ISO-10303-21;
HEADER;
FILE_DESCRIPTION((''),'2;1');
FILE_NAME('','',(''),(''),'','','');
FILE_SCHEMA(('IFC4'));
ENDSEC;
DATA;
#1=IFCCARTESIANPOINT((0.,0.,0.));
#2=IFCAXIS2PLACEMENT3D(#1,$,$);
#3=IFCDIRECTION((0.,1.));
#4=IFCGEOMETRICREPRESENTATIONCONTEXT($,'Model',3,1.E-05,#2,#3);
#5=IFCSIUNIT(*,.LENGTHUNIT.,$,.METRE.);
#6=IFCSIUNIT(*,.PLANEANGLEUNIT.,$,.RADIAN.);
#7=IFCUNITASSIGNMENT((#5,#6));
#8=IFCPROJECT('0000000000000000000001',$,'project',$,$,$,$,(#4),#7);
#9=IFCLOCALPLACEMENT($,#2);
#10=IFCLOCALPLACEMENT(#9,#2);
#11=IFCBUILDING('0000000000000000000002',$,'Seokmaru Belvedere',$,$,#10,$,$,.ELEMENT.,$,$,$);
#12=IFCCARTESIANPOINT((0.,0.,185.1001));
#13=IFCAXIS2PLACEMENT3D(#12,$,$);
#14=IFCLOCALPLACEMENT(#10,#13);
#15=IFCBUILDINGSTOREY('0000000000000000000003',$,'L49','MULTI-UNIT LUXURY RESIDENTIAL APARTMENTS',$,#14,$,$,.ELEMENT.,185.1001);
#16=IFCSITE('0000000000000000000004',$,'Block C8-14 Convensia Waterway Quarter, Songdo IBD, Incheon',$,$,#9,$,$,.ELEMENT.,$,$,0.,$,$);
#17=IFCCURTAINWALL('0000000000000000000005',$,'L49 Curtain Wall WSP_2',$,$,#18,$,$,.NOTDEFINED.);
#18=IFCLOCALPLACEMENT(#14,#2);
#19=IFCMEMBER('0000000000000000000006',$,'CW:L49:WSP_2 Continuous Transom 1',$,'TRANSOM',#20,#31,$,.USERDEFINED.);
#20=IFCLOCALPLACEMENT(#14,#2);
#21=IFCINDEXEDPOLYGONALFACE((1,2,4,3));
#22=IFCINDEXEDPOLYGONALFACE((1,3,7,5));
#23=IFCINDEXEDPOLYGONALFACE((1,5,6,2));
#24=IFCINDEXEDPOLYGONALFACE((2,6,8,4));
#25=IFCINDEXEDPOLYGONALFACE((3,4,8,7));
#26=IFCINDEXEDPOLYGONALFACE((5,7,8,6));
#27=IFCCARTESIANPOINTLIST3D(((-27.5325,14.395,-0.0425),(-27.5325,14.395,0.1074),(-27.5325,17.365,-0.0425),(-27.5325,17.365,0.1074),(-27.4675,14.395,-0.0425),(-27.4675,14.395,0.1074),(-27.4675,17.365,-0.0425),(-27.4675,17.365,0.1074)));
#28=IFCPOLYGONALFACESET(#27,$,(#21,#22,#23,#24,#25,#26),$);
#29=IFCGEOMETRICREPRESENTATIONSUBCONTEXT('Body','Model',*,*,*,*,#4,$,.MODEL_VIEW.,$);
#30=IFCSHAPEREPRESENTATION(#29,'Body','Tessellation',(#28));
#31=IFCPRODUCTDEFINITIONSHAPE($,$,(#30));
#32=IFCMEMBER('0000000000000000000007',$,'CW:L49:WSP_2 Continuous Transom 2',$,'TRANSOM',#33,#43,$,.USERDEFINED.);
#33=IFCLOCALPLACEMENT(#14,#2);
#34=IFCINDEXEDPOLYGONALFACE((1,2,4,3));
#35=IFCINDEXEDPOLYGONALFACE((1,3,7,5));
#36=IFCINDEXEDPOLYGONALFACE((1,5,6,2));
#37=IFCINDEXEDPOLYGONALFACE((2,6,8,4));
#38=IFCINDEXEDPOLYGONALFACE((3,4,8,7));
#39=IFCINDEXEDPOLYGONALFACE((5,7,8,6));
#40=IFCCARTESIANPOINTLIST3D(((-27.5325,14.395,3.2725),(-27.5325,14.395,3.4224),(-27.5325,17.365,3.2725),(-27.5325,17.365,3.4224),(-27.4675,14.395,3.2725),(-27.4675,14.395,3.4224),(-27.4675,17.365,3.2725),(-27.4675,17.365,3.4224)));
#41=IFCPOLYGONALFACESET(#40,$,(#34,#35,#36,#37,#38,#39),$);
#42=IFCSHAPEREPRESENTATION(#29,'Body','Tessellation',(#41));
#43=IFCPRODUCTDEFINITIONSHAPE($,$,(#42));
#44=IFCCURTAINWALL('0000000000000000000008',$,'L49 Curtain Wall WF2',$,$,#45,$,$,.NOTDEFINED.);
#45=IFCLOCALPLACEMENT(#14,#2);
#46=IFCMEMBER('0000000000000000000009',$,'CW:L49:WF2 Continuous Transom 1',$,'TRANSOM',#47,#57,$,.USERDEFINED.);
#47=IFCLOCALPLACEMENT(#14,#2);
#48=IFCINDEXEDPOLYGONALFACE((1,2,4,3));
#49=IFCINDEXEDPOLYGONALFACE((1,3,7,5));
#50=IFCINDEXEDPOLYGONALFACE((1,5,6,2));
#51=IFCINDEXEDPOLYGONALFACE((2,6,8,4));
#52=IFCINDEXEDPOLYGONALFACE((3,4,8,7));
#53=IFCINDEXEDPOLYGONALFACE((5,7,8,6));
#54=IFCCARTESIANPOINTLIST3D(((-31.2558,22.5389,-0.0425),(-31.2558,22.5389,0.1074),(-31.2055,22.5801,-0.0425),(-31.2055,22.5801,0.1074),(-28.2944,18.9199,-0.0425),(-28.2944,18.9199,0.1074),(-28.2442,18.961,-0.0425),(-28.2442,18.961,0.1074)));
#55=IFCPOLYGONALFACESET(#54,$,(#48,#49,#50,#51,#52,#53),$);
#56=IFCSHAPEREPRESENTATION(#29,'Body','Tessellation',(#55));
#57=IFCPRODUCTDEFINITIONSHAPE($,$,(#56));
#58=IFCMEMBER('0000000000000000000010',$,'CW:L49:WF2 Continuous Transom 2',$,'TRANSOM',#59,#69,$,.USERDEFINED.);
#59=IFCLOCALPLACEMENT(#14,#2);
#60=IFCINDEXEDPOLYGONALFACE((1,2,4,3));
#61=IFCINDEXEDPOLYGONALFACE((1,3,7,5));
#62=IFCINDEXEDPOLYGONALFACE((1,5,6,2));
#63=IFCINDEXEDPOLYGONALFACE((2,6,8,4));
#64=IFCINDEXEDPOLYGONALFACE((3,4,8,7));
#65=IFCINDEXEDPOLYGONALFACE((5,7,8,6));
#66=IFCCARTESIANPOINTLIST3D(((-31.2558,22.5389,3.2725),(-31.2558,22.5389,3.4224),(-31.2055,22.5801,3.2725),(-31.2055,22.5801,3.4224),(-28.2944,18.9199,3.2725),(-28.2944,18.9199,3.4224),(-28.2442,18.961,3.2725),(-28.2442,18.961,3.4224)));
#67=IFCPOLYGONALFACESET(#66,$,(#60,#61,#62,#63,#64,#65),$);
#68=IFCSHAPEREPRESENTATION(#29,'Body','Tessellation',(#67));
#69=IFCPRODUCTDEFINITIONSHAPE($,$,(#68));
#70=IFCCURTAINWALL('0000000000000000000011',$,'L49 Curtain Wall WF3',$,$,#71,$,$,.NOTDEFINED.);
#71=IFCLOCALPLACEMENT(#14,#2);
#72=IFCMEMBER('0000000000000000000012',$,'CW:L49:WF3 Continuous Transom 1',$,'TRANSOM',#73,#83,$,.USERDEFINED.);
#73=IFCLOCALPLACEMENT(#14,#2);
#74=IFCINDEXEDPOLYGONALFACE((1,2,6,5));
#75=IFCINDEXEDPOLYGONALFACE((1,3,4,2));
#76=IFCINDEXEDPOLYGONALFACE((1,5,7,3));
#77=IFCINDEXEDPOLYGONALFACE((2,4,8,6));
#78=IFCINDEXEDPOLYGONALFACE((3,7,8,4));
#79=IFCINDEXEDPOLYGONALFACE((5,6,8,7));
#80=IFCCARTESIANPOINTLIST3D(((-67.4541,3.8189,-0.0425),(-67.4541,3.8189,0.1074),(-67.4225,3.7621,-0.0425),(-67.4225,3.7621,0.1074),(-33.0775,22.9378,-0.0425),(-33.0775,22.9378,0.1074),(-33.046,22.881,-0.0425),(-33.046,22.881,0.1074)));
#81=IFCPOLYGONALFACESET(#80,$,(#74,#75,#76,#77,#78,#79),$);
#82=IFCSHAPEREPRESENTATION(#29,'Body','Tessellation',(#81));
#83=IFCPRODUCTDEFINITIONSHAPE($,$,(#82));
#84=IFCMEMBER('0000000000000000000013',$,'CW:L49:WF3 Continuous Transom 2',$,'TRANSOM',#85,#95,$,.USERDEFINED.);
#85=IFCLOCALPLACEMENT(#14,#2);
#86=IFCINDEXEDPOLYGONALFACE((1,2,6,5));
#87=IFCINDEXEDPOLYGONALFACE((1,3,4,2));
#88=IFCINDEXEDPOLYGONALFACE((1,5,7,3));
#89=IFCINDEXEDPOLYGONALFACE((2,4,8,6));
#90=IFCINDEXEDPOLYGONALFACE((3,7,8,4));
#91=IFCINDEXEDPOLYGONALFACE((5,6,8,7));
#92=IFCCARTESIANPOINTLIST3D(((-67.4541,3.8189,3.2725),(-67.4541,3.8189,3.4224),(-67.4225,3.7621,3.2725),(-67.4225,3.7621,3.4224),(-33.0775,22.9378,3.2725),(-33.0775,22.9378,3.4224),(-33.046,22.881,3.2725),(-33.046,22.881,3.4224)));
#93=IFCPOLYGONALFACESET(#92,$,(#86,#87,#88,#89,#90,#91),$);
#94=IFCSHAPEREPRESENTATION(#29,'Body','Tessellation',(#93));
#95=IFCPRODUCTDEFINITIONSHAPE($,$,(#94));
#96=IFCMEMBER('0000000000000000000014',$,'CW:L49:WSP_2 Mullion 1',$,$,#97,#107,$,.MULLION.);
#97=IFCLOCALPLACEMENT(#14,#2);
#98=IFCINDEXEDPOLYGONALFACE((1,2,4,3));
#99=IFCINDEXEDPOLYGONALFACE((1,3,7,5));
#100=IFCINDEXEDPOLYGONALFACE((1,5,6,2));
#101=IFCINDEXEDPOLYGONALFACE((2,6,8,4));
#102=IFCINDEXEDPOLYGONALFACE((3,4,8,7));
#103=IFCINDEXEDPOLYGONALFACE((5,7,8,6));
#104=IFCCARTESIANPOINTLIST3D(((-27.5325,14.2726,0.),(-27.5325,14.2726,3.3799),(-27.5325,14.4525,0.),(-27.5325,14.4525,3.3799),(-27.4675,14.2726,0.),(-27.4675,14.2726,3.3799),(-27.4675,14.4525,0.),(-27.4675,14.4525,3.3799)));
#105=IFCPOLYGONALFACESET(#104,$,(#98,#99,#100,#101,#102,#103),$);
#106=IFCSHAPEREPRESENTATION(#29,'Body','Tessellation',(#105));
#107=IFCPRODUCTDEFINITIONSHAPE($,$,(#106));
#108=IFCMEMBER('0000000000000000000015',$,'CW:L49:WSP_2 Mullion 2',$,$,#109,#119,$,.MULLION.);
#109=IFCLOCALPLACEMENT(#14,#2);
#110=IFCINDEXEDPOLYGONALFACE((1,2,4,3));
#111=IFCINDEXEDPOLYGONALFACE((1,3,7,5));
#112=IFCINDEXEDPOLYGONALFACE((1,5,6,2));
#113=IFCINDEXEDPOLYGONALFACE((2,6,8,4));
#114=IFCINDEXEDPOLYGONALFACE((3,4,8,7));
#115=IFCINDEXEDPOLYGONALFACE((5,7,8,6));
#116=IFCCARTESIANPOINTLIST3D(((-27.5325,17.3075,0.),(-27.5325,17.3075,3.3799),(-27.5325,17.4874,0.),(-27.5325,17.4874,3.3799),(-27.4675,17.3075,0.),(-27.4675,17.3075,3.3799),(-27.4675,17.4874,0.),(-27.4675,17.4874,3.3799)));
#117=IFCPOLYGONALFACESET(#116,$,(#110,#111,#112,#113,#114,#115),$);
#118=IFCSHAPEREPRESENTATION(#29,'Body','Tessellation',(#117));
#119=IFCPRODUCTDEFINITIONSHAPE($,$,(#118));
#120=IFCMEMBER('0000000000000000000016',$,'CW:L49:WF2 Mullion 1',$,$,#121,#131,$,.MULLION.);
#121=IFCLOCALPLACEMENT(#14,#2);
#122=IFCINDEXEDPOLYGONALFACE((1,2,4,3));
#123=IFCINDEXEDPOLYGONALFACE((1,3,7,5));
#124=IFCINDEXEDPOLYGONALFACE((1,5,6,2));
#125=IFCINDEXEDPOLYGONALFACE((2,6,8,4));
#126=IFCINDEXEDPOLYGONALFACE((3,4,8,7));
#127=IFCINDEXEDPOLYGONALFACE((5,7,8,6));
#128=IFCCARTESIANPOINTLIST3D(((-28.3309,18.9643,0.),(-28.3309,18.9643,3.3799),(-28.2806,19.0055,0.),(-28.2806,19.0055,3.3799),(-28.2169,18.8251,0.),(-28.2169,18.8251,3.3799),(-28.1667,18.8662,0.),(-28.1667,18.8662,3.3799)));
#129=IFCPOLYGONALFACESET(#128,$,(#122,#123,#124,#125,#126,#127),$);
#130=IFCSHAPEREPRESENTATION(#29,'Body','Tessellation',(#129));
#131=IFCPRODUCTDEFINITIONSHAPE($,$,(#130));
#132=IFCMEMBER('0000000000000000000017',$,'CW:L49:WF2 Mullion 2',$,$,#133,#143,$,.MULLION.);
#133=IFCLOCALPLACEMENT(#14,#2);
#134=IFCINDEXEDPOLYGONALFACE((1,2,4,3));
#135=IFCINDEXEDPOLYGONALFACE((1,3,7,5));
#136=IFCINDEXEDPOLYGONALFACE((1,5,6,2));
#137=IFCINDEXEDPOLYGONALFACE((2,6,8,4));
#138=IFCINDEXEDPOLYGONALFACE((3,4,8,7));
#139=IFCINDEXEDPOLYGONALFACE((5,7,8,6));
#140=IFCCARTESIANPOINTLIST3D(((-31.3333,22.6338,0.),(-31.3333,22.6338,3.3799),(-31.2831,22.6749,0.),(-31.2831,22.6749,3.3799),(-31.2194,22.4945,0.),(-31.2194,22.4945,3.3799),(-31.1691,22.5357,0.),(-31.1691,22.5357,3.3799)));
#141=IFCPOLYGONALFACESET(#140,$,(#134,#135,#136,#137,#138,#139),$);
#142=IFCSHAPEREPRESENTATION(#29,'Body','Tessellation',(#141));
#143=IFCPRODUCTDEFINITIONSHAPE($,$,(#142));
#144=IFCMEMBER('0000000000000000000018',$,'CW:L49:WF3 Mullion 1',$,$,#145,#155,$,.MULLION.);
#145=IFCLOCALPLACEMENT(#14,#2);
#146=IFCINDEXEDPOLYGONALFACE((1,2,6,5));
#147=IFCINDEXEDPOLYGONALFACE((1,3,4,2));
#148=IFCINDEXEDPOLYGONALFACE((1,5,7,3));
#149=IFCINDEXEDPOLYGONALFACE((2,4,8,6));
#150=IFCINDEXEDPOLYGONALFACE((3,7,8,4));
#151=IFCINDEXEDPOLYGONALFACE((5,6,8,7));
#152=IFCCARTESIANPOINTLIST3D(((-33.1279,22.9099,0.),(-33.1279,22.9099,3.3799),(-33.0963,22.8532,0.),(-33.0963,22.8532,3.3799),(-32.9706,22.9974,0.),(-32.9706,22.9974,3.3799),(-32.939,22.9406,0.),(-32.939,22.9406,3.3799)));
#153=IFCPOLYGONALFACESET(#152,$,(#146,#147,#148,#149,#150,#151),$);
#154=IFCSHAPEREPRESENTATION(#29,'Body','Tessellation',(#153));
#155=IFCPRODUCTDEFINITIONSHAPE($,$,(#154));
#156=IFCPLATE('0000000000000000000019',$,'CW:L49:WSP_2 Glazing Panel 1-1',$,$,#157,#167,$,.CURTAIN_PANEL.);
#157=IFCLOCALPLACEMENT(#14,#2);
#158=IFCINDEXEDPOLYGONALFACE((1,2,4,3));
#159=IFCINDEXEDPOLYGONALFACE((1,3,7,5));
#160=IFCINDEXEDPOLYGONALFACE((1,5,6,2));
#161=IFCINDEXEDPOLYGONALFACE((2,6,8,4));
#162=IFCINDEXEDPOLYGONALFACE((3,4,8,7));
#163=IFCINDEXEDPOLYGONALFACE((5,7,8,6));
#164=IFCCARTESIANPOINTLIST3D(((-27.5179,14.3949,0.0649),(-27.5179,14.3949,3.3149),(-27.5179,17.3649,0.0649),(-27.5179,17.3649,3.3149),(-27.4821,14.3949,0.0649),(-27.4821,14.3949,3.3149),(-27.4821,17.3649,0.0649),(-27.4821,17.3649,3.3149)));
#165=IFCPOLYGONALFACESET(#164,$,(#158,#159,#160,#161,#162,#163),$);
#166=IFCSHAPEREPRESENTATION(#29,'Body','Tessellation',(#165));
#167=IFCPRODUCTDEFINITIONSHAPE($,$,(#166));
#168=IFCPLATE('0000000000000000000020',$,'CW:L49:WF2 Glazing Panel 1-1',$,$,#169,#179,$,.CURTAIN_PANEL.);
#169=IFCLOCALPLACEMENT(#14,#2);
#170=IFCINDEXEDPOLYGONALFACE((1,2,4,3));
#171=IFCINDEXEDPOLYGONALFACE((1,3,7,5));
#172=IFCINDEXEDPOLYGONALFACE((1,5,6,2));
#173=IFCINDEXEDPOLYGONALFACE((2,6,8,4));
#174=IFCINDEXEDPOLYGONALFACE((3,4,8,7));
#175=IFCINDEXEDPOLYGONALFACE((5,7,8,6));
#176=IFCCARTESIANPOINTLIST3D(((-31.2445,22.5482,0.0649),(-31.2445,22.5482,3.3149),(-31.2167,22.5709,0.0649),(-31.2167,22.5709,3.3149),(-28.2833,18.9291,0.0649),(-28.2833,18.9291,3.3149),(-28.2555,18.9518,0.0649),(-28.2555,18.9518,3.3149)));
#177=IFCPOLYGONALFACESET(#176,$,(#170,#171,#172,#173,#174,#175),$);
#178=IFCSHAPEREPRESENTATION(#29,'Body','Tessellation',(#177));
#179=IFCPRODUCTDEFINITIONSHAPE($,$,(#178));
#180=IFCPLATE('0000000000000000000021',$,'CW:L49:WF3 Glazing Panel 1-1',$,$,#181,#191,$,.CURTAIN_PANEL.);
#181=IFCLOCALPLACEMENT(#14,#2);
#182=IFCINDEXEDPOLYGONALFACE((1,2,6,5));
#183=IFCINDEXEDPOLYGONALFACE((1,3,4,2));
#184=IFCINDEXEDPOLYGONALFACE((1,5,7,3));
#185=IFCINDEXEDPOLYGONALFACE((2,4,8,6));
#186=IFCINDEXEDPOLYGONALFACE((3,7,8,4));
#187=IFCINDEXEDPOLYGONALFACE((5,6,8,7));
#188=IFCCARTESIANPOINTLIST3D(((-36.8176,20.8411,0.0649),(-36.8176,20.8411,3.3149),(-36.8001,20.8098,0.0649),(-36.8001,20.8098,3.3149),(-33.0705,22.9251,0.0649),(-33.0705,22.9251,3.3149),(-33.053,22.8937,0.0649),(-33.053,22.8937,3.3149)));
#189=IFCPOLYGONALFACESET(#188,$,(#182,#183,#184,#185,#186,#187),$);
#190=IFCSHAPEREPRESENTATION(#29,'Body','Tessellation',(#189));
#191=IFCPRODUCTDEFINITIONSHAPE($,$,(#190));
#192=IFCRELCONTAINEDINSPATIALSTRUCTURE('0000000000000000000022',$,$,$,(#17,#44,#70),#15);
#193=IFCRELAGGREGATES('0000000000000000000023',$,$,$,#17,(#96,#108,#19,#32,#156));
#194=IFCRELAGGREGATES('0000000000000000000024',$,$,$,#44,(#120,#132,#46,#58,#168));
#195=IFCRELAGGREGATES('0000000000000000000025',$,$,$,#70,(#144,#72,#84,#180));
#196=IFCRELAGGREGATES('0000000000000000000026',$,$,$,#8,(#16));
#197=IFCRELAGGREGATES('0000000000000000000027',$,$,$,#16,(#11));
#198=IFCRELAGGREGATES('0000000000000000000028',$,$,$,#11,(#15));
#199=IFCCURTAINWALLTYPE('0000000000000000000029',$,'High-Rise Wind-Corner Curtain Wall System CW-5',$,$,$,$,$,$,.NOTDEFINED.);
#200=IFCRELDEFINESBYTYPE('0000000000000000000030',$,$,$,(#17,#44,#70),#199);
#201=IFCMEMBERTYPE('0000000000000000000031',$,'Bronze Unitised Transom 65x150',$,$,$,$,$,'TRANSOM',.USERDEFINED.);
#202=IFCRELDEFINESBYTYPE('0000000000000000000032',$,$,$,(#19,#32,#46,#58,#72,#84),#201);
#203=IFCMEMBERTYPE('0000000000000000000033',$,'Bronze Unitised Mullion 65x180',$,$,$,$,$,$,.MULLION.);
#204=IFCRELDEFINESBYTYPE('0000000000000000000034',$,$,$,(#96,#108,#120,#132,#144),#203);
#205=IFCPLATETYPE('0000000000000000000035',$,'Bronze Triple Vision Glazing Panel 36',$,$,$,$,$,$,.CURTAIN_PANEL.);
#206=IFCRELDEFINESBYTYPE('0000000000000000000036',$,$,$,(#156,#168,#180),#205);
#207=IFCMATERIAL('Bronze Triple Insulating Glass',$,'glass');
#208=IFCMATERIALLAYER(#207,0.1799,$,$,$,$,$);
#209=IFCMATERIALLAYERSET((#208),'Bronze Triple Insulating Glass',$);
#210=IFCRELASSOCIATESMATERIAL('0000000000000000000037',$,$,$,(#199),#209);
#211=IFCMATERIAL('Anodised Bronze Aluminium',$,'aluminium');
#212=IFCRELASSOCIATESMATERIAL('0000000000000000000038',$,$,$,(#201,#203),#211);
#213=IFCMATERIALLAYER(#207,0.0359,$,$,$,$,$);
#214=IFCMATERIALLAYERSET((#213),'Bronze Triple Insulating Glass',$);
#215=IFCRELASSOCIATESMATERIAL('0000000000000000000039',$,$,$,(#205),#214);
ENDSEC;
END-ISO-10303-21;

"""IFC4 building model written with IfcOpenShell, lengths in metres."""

from ifc_helpers import new_model, si_unit, direction, frame, origin, origin_2d, place, context, subcontext, project, spatial, rectangle, extrude, source, transform, mapped, material, layer, layer_set, material_profile, profile_set, type_object, type_shapes, element, aggregate, save


model = new_model("IFC4")

# Units and contexts
model_context = context("Model", 3, precision=1e-05, world=origin(), true_north=direction((0.0, 1.0)))
body_context = subcontext(model_context, "Body", "Model", "MODEL_VIEW")
ifc_project = project(units=[si_unit("LENGTHUNIT", "METRE"), si_unit("PLANEANGLEUNIT", "RADIAN")], contexts=[model_context])

# Site, building, storey
site_placement = place(None, origin())
site = spatial("IfcSite", under=ifc_project, at=site_placement, Name="Block C8-14 Convensia Waterway Quarter, Songdo IBD, Incheon", CompositionType="ELEMENT", RefElevation=0.0)
building_placement = place(site_placement, origin())
building = spatial("IfcBuilding", under=site, at=building_placement, Name="Seokmaru Belvedere", CompositionType="ELEMENT")
storey_placement = place(building_placement, frame((0.0, 0.0, 185.1001)))
storey = spatial("IfcBuildingStorey", under=building, at=storey_placement, Name="L49", Description="MULTI-UNIT LUXURY RESIDENTIAL APARTMENTS", CompositionType="ELEMENT", Elevation=185.1001)

# Curtain walls, members
ifc_material_1 = material(Name="Bronze Triple Insulating Glass", Category="glass")
ifc_layer_1 = layer(ifc_material_1, 0.1799)
ifc_layer_set_1 = layer_set([ifc_layer_1], Name="Bronze Triple Insulating Glass")
curtain_wall_type = type_object("IfcCurtainWallType", Name="High-Rise Wind-Corner Curtain Wall System CW-5", PredefinedType="NOTDEFINED", material=ifc_layer_set_1)
curtain_wall_1_placement = place(storey_placement, origin())
curtain_wall_1 = element("IfcCurtainWall", 1, at=curtain_wall_1_placement, inside=storey, type_object=curtain_wall_type, Name="L49 Curtain Wall WSP_2", PredefinedType="NOTDEFINED")
ifc_material_2 = material(Name="Anodised Bronze Aluminium", Category="aluminium")
ifc_material_profile_1 = material_profile(ifc_material_2, rectangle(XDim=0.0649, YDim=0.1499, at=origin_2d()), Name="CW-T-65x150")
ifc_profile_set_1 = profile_set([ifc_material_profile_1], Name="Anodised Bronze Aluminium")
member_type_1 = type_object("IfcMemberType", Name="Bronze Unitised Transom 65x150", ElementType="TRANSOM", PredefinedType="USERDEFINED", material=ifc_profile_set_1)
shared_shape_1 = source(origin(), body_context, "Body", "SweptSolid", [
    extrude(rectangle(XDim=0.0649, YDim=0.1499, at=origin_2d()), origin(), (0.0, 0.0, 1.0), 2.97),
])
member_1_placement = place(storey_placement, frame((-27.5, 14.395, 0.0325), z_axis=(0.0, 1.0, 0.0), x_axis=(-1.0, 0.0, 0.0)))
member_1 = element("IfcMember", 2, at=member_1_placement, type_object=member_type_1, Name="CW:L49:WSP_2 Continuous Transom 1", ObjectType="TRANSOM", PredefinedType="USERDEFINED", context=body_context, shape_type="MappedRepresentation", body=[
    mapped(shared_shape_1, transform((0.0, 0.0, 0.0), scale=1.0)),
])
member_2_placement = place(storey_placement, frame((-27.5, 14.395, 3.3474), z_axis=(0.0, 1.0, 0.0), x_axis=(-1.0, 0.0, 0.0)))
member_2 = element("IfcMember", 3, at=member_2_placement, type_object=member_type_1, Name="CW:L49:WSP_2 Continuous Transom 2", ObjectType="TRANSOM", PredefinedType="USERDEFINED", context=body_context, shape_type="MappedRepresentation", body=[
    mapped(shared_shape_1, transform((0.0, 0.0, 0.0), scale=1.0)),
])
curtain_wall_2_placement = place(storey_placement, origin())
curtain_wall_2 = element("IfcCurtainWall", 4, at=curtain_wall_2_placement, inside=storey, type_object=curtain_wall_type, Name="L49 Curtain Wall WF2", PredefinedType="NOTDEFINED")
shared_shape_2 = source(origin(), body_context, "Body", "SweptSolid", [
    extrude(rectangle(XDim=0.0649, YDim=0.1499, at=origin_2d()), origin(), (0.0, 0.0, 1.0), 4.6763),
])
member_3_placement = place(storey_placement, frame((-28.2693, 18.9404, 0.0325), z_axis=(-0.633278, 0.773925, 0.0), x_axis=(-0.773925, -0.633278, 0.0)))
member_3 = element("IfcMember", 5, at=member_3_placement, type_object=member_type_1, Name="CW:L49:WF2 Continuous Transom 1", ObjectType="TRANSOM", PredefinedType="USERDEFINED", context=body_context, shape_type="MappedRepresentation", body=[
    mapped(shared_shape_2, transform((0.0, 0.0, 0.0), scale=1.0)),
])
member_4_placement = place(storey_placement, frame((-28.2693, 18.9404, 3.3474), z_axis=(-0.633278, 0.773925, 0.0), x_axis=(-0.773925, -0.633278, 0.0)))
member_4 = element("IfcMember", 6, at=member_4_placement, type_object=member_type_1, Name="CW:L49:WF2 Continuous Transom 2", ObjectType="TRANSOM", PredefinedType="USERDEFINED", context=body_context, shape_type="MappedRepresentation", body=[
    mapped(shared_shape_2, transform((0.0, 0.0, 0.0), scale=1.0)),
])
curtain_wall_3_placement = place(storey_placement, origin())
curtain_wall_3 = element("IfcCurtainWall", 7, at=curtain_wall_3_placement, inside=storey, type_object=curtain_wall_type, Name="L49 Curtain Wall WF3", PredefinedType="NOTDEFINED")
shared_shape_3 = source(origin(), body_context, "Body", "SweptSolid", [
    extrude(rectangle(XDim=0.0649, YDim=0.1499, at=origin_2d()), origin(), (0.0, 0.0, 1.0), 39.3354),
])
type_shapes(member_type_1, [shared_shape_1, shared_shape_2, shared_shape_3])
member_5_placement = place(storey_placement, frame((-33.0618, 22.9094, 0.0325), z_axis=(-0.873932, -0.486048, 0.0), x_axis=(0.486048, -0.873932, 0.0)))
member_5 = element("IfcMember", 8, at=member_5_placement, type_object=member_type_1, Name="CW:L49:WF3 Continuous Transom 1", ObjectType="TRANSOM", PredefinedType="USERDEFINED", context=body_context, shape_type="MappedRepresentation", body=[
    mapped(shared_shape_3, transform((0.0, 0.0, 0.0), scale=1.0)),
])
member_6_placement = place(storey_placement, frame((-33.0618, 22.9094, 3.3474), z_axis=(-0.873932, -0.486048, 0.0), x_axis=(0.486048, -0.873932, 0.0)))
member_6 = element("IfcMember", 9, at=member_6_placement, type_object=member_type_1, Name="CW:L49:WF3 Continuous Transom 2", ObjectType="TRANSOM", PredefinedType="USERDEFINED", context=body_context, shape_type="MappedRepresentation", body=[
    mapped(shared_shape_3, transform((0.0, 0.0, 0.0), scale=1.0)),
])

# Members
ifc_material_profile_2 = material_profile(ifc_material_2, rectangle(XDim=0.0649, YDim=0.1799, at=origin_2d()), Name="CW-M-65x180")
ifc_profile_set_2 = profile_set([ifc_material_profile_2], Name="Anodised Bronze Aluminium")
member_type_2 = type_object("IfcMemberType", Name="Bronze Unitised Mullion 65x180", PredefinedType="MULLION", material=ifc_profile_set_2)
shared_shape_4 = source(origin(), body_context, "Body", "SweptSolid", [
    extrude(rectangle(XDim=0.0649, YDim=0.1799, at=origin_2d()), origin(), (0.0, 0.0, 1.0), 3.3799),
])
type_shapes(member_type_2, [shared_shape_4])
member_7_placement = place(storey_placement, frame((-27.5, 14.3625, 0.0), z_axis=(0.0, 0.0, 1.0), x_axis=(-1.0, 0.0, 0.0)))
member_7 = element("IfcMember", 10, at=member_7_placement, type_object=member_type_2, Name="CW:L49:WSP_2 Mullion 1", PredefinedType="MULLION", context=body_context, shape_type="MappedRepresentation", body=[
    mapped(shared_shape_4, transform((0.0, 0.0, 0.0), scale=1.0)),
])
member_8_placement = place(storey_placement, frame((-27.5, 17.3975, 0.0), z_axis=(0.0, 0.0, 1.0), x_axis=(-1.0, 0.0, 0.0)))
member_8 = element("IfcMember", 11, at=member_8_placement, type_object=member_type_2, Name="CW:L49:WSP_2 Mullion 2", PredefinedType="MULLION", context=body_context, shape_type="MappedRepresentation", body=[
    mapped(shared_shape_4, transform((0.0, 0.0, 0.0), scale=1.0)),
])
member_9_placement = place(storey_placement, frame((-28.2488, 18.9153, 0.0), z_axis=(0.0, 0.0, 1.0), x_axis=(-0.773944, -0.633254, 0.0)))
member_9 = element("IfcMember", 12, at=member_9_placement, type_object=member_type_2, Name="CW:L49:WF2 Mullion 1", PredefinedType="MULLION", context=body_context, shape_type="MappedRepresentation", body=[
    mapped(shared_shape_4, transform((0.0, 0.0, 0.0), scale=1.0)),
])
member_10_placement = place(storey_placement, frame((-31.2512, 22.5847, 0.0), z_axis=(0.0, 0.0, 1.0), x_axis=(-0.773944, -0.633254, 0.0)))
member_10 = element("IfcMember", 13, at=member_10_placement, type_object=member_type_2, Name="CW:L49:WF2 Mullion 2", PredefinedType="MULLION", context=body_context, shape_type="MappedRepresentation", body=[
    mapped(shared_shape_4, transform((0.0, 0.0, 0.0), scale=1.0)),
])
member_11_placement = place(storey_placement, frame((-33.0334, 22.9253, 0.0), z_axis=(0.0, 0.0, 1.0), x_axis=(0.486047, -0.873933, 0.0)))
member_11 = element("IfcMember", 14, at=member_11_placement, type_object=member_type_2, Name="CW:L49:WF3 Mullion 1", PredefinedType="MULLION", context=body_context, shape_type="MappedRepresentation", body=[
    mapped(shared_shape_4, transform((0.0, 0.0, 0.0), scale=1.0)),
])

# Plates
ifc_layer_2 = layer(ifc_material_1, 0.0359)
ifc_layer_set_2 = layer_set([ifc_layer_2], Name="Bronze Triple Insulating Glass")
plate_type = type_object("IfcPlateType", Name="Bronze Triple Vision Glazing Panel 36", PredefinedType="CURTAIN_PANEL", material=ifc_layer_set_2)
shared_shape_5 = source(origin(), body_context, "Body", "SweptSolid", [
    extrude(rectangle(XDim=2.97, YDim=0.0359, at=origin_2d()), origin(), (0.0, 0.0, 1.0), 3.25),
])
plate_1_placement = place(storey_placement, frame((-27.5, 15.8799, 0.0649), z_axis=(0.0, 0.0, 1.0), x_axis=(0.0, 1.0, 0.0)))
plate_1 = element("IfcPlate", 15, at=plate_1_placement, type_object=plate_type, Name="CW:L49:WSP_2 Glazing Panel 1-1", PredefinedType="CURTAIN_PANEL", context=body_context, shape_type="MappedRepresentation", body=[
    mapped(shared_shape_5, transform((0.0, 0.0, 0.0), scale=1.0)),
])
aggregate(curtain_wall_1, [member_7, member_8, member_1, member_2, plate_1])
shared_shape_6 = source(origin(), body_context, "Body", "SweptSolid", [
    extrude(rectangle(XDim=4.6763, YDim=0.0359, at=origin_2d()), origin(), (0.0, 0.0, 1.0), 3.25),
])
plate_2_placement = place(storey_placement, frame((-29.75, 20.75, 0.0649), z_axis=(0.0, 0.0, 1.0), x_axis=(-0.633254, 0.773944, 0.0)))
plate_2 = element("IfcPlate", 16, at=plate_2_placement, type_object=plate_type, Name="CW:L49:WF2 Glazing Panel 1-1", PredefinedType="CURTAIN_PANEL", context=body_context, shape_type="MappedRepresentation", body=[
    mapped(shared_shape_6, transform((0.0, 0.0, 0.0), scale=1.0)),
])
aggregate(curtain_wall_2, [member_9, member_10, member_3, member_4, plate_2])
shared_shape_7 = source(origin(), body_context, "Body", "SweptSolid", [
    extrude(rectangle(XDim=4.2876, YDim=0.0359, at=origin_2d()), origin(), (0.0, 0.0, 1.0), 3.25),
])
type_shapes(plate_type, [shared_shape_5, shared_shape_6, shared_shape_7])
plate_3_placement = place(storey_placement, frame((-34.9353, 21.8674, 0.0649), z_axis=(0.0, 0.0, 1.0), x_axis=(-0.873933, -0.486047, 0.0)))
plate_3 = element("IfcPlate", 17, at=plate_3_placement, type_object=plate_type, Name="CW:L49:WF3 Glazing Panel 1-1", PredefinedType="CURTAIN_PANEL", context=body_context, shape_type="MappedRepresentation", body=[
    mapped(shared_shape_7, transform((0.0, 0.0, 0.0), scale=1.0)),
])
aggregate(curtain_wall_3, [member_11, member_5, member_6, plate_3])

save(model, "model.ifc")
